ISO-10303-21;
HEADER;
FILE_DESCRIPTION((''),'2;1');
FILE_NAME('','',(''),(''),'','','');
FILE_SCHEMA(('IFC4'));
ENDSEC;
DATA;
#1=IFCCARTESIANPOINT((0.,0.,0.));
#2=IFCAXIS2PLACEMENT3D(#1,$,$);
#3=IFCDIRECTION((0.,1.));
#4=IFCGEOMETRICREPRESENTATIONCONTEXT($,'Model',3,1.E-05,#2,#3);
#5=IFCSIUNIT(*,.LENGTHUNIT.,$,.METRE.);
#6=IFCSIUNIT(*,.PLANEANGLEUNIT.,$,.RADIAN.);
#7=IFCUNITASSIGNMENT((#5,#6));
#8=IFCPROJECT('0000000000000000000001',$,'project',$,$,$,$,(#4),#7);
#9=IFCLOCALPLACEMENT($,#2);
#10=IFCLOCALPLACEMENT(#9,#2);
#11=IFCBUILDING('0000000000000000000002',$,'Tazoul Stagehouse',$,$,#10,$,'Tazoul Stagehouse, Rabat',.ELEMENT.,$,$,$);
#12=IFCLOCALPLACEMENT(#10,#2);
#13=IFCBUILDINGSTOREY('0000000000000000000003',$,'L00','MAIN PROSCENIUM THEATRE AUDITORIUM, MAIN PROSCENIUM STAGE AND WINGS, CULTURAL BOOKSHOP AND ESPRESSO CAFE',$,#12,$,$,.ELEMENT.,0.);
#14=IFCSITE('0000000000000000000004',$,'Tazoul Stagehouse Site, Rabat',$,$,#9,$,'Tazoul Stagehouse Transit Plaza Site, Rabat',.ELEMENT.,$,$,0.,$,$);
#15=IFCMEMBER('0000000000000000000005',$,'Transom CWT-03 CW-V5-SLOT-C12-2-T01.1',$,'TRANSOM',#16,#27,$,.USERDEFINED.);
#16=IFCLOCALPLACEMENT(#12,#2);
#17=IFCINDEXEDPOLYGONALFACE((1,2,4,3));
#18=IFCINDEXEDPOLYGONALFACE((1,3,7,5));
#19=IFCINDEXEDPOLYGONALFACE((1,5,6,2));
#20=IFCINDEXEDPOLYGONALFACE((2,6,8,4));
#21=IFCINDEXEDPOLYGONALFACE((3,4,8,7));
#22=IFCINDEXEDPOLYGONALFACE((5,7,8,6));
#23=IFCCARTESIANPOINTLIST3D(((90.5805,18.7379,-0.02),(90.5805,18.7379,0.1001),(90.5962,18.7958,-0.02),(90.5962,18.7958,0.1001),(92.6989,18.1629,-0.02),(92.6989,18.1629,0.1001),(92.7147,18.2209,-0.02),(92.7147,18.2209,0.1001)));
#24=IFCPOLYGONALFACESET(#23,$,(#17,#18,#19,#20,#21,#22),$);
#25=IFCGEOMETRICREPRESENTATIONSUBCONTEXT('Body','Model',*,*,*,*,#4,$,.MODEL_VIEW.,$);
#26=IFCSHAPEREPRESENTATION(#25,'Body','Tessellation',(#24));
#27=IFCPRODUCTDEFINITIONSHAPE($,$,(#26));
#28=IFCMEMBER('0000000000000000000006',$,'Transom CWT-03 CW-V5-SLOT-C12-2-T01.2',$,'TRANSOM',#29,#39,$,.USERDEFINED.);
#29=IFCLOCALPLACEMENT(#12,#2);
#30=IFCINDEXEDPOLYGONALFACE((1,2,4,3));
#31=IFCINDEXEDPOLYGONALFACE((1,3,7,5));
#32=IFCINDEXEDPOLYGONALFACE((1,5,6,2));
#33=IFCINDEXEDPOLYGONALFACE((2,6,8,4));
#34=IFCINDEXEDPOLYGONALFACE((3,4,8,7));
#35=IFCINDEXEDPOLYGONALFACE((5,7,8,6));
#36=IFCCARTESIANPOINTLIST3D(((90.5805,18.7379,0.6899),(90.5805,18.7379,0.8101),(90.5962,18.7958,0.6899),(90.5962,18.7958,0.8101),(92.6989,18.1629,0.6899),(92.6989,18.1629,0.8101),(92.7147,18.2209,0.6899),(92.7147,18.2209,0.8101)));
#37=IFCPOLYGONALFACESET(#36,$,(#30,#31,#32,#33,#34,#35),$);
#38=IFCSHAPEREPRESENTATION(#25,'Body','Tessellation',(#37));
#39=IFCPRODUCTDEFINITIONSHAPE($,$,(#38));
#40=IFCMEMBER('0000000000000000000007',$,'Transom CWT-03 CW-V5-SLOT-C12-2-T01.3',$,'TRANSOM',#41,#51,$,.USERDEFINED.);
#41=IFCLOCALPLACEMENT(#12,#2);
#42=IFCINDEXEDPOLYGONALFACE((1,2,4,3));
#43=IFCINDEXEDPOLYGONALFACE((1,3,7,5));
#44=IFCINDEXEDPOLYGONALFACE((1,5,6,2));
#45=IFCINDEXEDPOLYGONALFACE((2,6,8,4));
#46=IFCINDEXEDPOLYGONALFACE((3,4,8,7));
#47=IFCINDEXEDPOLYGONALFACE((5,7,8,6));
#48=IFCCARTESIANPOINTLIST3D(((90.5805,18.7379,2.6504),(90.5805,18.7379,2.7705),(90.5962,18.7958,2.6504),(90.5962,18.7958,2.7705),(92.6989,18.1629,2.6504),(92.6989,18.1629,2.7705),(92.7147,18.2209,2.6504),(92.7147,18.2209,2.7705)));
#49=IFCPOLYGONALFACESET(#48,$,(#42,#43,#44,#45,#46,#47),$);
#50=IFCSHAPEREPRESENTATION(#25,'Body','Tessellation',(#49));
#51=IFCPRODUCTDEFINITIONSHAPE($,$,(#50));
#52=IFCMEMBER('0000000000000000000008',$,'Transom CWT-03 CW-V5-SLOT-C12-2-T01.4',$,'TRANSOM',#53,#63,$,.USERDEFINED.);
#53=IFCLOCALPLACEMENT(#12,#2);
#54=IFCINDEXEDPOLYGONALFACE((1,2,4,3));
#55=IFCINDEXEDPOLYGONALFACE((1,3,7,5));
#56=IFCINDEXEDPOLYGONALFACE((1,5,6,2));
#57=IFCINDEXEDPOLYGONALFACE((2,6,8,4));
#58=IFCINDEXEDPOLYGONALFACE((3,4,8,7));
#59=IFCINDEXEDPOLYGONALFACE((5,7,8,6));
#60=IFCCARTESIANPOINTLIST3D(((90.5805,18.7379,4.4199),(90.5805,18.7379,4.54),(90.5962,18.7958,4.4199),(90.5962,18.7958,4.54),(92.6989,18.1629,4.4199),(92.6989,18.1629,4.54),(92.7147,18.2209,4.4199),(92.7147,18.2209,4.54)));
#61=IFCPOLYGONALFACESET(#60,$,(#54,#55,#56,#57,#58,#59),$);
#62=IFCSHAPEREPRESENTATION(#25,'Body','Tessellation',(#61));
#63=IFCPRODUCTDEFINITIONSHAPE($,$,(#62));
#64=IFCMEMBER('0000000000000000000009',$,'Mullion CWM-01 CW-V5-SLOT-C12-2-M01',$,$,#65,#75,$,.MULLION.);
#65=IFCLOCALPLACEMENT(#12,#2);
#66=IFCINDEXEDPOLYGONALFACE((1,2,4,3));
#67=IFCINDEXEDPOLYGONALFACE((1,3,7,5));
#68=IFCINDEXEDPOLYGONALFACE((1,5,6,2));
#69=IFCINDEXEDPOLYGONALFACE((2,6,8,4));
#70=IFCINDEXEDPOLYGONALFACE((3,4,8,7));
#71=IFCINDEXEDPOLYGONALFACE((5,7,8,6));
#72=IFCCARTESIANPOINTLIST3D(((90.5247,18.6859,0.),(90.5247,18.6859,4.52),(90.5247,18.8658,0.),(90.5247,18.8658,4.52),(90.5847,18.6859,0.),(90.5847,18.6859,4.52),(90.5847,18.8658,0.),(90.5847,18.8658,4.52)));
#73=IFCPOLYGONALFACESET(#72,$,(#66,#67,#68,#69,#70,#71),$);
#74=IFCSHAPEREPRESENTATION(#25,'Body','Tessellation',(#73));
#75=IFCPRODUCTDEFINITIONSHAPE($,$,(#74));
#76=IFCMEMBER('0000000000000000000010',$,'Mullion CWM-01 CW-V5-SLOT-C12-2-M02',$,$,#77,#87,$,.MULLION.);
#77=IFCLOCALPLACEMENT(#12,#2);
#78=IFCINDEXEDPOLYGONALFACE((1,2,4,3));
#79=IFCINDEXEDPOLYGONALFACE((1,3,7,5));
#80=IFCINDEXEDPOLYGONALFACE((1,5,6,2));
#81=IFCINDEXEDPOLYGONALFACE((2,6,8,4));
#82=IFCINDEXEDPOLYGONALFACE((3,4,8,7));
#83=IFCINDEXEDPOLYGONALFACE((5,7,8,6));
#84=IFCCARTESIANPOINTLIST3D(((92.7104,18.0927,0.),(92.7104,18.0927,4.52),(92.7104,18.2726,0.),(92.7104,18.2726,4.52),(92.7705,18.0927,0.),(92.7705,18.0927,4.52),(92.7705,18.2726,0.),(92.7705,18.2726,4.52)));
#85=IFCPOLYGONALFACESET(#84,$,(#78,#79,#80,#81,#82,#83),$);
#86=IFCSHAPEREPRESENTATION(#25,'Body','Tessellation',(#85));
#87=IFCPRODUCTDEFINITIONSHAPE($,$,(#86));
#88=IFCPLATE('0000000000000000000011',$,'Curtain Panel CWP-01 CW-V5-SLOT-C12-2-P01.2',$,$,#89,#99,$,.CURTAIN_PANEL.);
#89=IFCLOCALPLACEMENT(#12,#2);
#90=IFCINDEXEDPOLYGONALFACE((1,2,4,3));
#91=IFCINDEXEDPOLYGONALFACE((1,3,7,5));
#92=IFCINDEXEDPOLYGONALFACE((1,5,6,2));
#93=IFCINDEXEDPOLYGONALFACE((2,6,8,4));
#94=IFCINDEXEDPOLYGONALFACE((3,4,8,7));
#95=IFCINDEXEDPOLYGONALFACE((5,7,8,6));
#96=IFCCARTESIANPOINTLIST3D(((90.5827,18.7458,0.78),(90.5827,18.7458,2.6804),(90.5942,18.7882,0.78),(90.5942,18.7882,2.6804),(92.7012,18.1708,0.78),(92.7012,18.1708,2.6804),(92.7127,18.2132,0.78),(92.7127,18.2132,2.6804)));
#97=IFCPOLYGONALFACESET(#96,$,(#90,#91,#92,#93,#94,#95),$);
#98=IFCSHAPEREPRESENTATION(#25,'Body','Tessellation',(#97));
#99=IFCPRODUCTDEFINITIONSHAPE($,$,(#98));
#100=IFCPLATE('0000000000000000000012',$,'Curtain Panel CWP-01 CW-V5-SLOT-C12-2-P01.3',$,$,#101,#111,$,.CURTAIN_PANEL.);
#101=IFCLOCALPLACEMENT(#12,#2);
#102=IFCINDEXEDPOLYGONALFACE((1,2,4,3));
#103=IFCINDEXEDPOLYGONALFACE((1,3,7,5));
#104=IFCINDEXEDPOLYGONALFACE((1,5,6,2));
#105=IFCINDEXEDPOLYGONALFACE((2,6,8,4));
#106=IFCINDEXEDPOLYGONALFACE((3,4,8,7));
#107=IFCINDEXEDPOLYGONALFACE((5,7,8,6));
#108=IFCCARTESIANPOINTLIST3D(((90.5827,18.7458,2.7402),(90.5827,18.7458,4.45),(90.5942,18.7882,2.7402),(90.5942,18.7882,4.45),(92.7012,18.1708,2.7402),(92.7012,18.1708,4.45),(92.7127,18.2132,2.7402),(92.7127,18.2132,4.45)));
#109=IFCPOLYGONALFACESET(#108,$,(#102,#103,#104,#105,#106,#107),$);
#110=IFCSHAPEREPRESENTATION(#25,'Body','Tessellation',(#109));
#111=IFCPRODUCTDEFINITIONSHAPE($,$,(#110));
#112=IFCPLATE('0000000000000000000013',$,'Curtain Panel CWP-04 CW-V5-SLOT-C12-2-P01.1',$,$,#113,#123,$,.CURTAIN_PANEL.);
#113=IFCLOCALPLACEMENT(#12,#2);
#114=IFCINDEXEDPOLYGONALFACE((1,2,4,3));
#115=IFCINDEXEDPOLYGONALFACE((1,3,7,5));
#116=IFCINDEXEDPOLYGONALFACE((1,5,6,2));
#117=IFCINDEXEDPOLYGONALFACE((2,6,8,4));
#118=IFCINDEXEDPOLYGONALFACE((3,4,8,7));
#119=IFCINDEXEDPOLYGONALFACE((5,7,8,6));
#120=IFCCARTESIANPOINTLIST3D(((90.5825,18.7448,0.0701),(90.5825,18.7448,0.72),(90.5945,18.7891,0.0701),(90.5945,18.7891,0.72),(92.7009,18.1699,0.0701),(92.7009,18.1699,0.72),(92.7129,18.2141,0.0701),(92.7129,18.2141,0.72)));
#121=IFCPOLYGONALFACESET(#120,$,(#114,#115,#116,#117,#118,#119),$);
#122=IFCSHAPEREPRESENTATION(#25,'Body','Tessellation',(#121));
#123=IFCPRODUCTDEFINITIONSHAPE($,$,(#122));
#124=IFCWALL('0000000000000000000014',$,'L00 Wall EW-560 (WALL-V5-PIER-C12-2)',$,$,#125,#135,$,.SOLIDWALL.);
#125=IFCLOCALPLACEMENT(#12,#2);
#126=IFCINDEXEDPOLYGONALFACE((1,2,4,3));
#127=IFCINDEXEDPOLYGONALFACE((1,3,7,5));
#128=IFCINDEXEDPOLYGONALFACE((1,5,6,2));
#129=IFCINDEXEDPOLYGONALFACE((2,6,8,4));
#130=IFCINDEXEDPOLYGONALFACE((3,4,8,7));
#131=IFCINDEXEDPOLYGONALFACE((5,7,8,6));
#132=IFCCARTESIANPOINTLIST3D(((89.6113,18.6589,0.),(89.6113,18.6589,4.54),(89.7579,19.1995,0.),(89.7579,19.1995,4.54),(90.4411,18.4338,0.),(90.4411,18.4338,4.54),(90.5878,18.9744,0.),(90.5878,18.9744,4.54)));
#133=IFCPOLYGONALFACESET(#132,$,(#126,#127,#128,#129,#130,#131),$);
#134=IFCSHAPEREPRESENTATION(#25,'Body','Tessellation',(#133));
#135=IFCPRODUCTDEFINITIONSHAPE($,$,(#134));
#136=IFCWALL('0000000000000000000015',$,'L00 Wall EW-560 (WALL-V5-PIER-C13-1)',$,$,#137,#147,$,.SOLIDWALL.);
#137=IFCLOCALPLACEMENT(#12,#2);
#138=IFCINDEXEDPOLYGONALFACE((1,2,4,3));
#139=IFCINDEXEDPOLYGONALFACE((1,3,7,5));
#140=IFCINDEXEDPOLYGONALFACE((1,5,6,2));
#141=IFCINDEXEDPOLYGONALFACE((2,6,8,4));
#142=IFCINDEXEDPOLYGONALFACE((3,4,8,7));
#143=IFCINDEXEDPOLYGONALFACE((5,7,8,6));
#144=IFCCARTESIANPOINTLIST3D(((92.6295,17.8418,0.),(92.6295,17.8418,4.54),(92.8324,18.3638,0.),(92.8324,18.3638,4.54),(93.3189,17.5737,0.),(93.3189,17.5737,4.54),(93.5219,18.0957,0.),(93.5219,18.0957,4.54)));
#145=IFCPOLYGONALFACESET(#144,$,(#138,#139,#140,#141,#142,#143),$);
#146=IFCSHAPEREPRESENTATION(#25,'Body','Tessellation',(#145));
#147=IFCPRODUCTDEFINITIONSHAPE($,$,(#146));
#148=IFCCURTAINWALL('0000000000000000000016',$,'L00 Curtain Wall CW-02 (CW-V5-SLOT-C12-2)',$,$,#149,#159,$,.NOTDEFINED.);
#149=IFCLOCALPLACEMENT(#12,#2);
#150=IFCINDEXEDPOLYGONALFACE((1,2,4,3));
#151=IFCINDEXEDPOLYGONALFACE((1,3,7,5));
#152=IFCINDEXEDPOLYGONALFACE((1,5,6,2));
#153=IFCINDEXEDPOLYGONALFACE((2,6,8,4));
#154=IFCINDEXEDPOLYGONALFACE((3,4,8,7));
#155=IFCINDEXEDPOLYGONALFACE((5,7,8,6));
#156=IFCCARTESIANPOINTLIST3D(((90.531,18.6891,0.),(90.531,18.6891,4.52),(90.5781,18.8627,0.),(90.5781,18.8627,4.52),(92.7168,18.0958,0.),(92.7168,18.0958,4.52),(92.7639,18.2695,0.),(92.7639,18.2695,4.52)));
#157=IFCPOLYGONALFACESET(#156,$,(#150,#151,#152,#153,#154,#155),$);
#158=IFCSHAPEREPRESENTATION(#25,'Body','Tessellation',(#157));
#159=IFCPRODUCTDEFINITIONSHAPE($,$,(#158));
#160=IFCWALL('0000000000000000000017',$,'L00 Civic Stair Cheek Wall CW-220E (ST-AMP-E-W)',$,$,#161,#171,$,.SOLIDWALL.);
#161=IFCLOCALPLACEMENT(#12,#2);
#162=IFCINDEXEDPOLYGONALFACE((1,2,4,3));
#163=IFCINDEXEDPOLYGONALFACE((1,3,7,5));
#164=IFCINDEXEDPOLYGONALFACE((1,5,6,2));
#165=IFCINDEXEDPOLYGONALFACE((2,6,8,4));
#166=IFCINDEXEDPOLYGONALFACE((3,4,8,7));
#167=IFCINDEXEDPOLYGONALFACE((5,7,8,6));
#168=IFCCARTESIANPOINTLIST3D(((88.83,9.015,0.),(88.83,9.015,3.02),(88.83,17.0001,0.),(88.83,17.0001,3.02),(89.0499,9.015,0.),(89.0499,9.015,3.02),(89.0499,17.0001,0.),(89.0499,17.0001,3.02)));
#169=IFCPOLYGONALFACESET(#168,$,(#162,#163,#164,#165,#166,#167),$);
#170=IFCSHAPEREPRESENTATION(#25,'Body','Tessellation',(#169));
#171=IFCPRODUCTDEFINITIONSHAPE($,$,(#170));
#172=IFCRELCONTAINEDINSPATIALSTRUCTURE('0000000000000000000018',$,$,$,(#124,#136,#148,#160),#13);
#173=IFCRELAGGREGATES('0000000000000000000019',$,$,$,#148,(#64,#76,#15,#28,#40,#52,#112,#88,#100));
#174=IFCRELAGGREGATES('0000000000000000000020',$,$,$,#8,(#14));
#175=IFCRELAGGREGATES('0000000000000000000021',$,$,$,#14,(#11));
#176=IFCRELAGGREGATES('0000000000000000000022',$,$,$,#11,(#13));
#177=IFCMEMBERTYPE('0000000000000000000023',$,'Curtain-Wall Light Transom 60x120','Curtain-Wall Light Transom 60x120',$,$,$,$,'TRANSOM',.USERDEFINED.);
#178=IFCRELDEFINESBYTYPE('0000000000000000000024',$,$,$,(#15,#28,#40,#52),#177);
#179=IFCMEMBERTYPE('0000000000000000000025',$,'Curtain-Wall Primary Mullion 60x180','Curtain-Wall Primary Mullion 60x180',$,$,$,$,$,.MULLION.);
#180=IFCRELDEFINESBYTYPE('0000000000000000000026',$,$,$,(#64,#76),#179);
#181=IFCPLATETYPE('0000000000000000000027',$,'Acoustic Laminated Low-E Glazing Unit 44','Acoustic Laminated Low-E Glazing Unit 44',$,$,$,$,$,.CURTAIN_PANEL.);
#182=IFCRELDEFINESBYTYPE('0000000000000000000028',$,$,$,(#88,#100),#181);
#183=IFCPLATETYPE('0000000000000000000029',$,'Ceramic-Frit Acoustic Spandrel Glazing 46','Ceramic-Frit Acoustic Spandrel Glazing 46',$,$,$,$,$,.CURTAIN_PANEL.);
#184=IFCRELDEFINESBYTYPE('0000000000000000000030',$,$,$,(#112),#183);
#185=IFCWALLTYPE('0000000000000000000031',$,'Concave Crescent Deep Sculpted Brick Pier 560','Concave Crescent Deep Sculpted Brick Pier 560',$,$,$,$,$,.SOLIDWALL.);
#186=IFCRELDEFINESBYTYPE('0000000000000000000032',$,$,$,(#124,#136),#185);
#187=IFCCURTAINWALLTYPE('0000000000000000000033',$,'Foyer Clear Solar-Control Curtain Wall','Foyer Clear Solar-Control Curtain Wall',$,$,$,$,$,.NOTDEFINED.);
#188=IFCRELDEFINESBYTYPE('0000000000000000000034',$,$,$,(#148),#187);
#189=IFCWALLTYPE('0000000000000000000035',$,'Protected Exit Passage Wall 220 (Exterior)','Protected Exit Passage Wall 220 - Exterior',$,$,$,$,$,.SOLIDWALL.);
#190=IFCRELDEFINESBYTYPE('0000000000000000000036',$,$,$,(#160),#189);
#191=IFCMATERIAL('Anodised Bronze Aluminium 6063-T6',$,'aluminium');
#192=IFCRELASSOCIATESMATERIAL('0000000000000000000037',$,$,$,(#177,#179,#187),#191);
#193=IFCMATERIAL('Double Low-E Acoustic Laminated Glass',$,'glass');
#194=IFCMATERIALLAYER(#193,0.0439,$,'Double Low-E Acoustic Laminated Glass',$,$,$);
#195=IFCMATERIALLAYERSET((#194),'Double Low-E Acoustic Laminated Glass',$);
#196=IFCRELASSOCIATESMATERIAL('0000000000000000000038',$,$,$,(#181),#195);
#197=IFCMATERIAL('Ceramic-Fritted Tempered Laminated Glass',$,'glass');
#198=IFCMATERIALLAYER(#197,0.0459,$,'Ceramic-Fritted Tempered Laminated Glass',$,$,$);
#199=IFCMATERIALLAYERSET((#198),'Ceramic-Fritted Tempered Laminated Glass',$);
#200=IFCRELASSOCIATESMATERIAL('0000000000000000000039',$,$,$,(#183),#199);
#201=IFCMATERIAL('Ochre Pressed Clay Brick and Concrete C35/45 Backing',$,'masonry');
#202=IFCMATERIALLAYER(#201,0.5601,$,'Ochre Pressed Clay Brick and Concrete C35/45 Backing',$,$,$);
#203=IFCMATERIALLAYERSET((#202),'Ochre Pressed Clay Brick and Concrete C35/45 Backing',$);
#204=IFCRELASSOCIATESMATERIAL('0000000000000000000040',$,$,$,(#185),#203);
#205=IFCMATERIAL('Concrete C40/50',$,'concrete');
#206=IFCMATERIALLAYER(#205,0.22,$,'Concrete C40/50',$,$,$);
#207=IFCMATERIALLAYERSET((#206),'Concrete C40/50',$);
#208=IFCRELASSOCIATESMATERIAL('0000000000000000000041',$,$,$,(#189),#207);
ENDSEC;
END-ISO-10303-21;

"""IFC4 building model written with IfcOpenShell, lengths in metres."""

from ifc_helpers import new_model, si_unit, direction, frame, frame_2d, origin, origin_2d, place, context, subcontext, project, spatial, rectangle, extrude, material, layer, layer_set, material_profile, profile_set, type_object, element, aggregate, save


model = new_model("IFC4")

# Units and contexts
model_context = context("Model", 3, precision=1e-05, world=origin(), true_north=direction((0.0, 1.0)))
body_context = subcontext(model_context, "Body", "Model", "MODEL_VIEW")
ifc_project = project(units=[si_unit("LENGTHUNIT", "METRE"), si_unit("PLANEANGLEUNIT", "RADIAN")], contexts=[model_context])

# Site, building, storey
site_placement = place(None, origin())
site = spatial("IfcSite", under=ifc_project, at=site_placement, Name="Tazoul Stagehouse Site, Rabat", LongName="Tazoul Stagehouse Transit Plaza Site, Rabat", CompositionType="ELEMENT", RefElevation=0.0)
building_placement = place(site_placement, origin())
building = spatial("IfcBuilding", under=site, at=building_placement, Name="Tazoul Stagehouse", LongName="Tazoul Stagehouse, Rabat", CompositionType="ELEMENT")
storey_placement = place(building_placement, origin())
storey = spatial("IfcBuildingStorey", under=building, at=storey_placement, Name="L00", Description="MAIN PROSCENIUM THEATRE AUDITORIUM, MAIN PROSCENIUM STAGE AND WINGS, CULTURAL BOOKSHOP AND ESPRESSO CAFE", CompositionType="ELEMENT", Elevation=0.0)

# Members
ifc_material_1 = material(Name="Anodised Bronze Aluminium 6063-T6", Category="aluminium")
ifc_material_profile_1 = material_profile(ifc_material_1, rectangle(XDim=0.0601, YDim=0.1201, at=origin_2d()), Name="ALU TRANSOM 60x120")
ifc_profile_set_1 = profile_set([ifc_material_profile_1], Name="Anodised Bronze Aluminium 6063-T6")
member_type_1 = type_object("IfcMemberType", Name="Curtain-Wall Light Transom 60x120", Description="Curtain-Wall Light Transom 60x120", ElementType="TRANSOM", PredefinedType="USERDEFINED", material=ifc_profile_set_1)
member_1_placement = place(storey_placement, frame((90.5884, 18.7668, 0.04), z_axis=(0.965086, -0.261931, 0.0), x_axis=(0.261931, 0.965086, 0.0)))
member_1 = element("IfcMember", 1, at=member_1_placement, type_object=member_type_1, Name="Transom CWT-03 CW-V5-SLOT-C12-2-T01.1", ObjectType="TRANSOM", PredefinedType="USERDEFINED", context=body_context, shape_type="SweptSolid", body=[
    extrude(rectangle(XDim=0.0601, YDim=0.1201, at=origin_2d()), origin(), (0.0, 0.0, 1.0), 2.1951),
])
member_2_placement = place(storey_placement, frame((90.5884, 18.7668, 0.75), z_axis=(0.965086, -0.261931, 0.0), x_axis=(0.261931, 0.965086, 0.0)))
member_2 = element("IfcMember", 2, at=member_2_placement, type_object=member_type_1, Name="Transom CWT-03 CW-V5-SLOT-C12-2-T01.2", ObjectType="TRANSOM", PredefinedType="USERDEFINED", context=body_context, shape_type="SweptSolid", body=[
    extrude(rectangle(XDim=0.0601, YDim=0.1201, at=origin_2d()), origin(), (0.0, 0.0, 1.0), 2.1951),
])
member_3_placement = place(storey_placement, frame((90.5884, 18.7668, 2.7104), z_axis=(0.965086, -0.261931, 0.0), x_axis=(0.261931, 0.965086, 0.0)))
member_3 = element("IfcMember", 3, at=member_3_placement, type_object=member_type_1, Name="Transom CWT-03 CW-V5-SLOT-C12-2-T01.3", ObjectType="TRANSOM", PredefinedType="USERDEFINED", context=body_context, shape_type="SweptSolid", body=[
    extrude(rectangle(XDim=0.0601, YDim=0.1201, at=origin_2d()), origin(), (0.0, 0.0, 1.0), 2.1951),
])
member_4_placement = place(storey_placement, frame((90.5884, 18.7668, 4.48), z_axis=(0.965086, -0.261931, 0.0), x_axis=(0.261931, 0.965086, 0.0)))
member_4 = element("IfcMember", 4, at=member_4_placement, type_object=member_type_1, Name="Transom CWT-03 CW-V5-SLOT-C12-2-T01.4", ObjectType="TRANSOM", PredefinedType="USERDEFINED", context=body_context, shape_type="SweptSolid", body=[
    extrude(rectangle(XDim=0.0601, YDim=0.1201, at=origin_2d()), origin(), (0.0, 0.0, 1.0), 2.1951),
])
ifc_material_profile_2 = material_profile(ifc_material_1, rectangle(XDim=0.0601, YDim=0.1799, at=origin_2d()), Name="ALU MULLION 60x180")
ifc_profile_set_2 = profile_set([ifc_material_profile_2], Name="Anodised Bronze Aluminium 6063-T6")
member_type_2 = type_object("IfcMemberType", Name="Curtain-Wall Primary Mullion 60x180", Description="Curtain-Wall Primary Mullion 60x180", PredefinedType="MULLION", material=ifc_profile_set_2)
member_5_placement = place(storey_placement, frame((90.5547, 18.7759, 0.0), z_axis=(0.0, 0.0, 1.0), x_axis=(1.0, 0.0, 0.0)))
member_5 = element("IfcMember", 5, at=member_5_placement, type_object=member_type_2, Name="Mullion CWM-01 CW-V5-SLOT-C12-2-M01", PredefinedType="MULLION", context=body_context, shape_type="SweptSolid", body=[
    extrude(rectangle(XDim=0.0601, YDim=0.1799, at=origin_2d()), origin(), (0.0, 0.0, 1.0), 4.52),
])
member_6_placement = place(storey_placement, frame((92.7405, 18.1826, 0.0), z_axis=(0.0, 0.0, 1.0), x_axis=(1.0, 0.0, 0.0)))
member_6 = element("IfcMember", 6, at=member_6_placement, type_object=member_type_2, Name="Mullion CWM-01 CW-V5-SLOT-C12-2-M02", PredefinedType="MULLION", context=body_context, shape_type="SweptSolid", body=[
    extrude(rectangle(XDim=0.0601, YDim=0.1799, at=origin_2d()), origin(), (0.0, 0.0, 1.0), 4.52),
])

# Plates
ifc_material_2 = material(Name="Double Low-E Acoustic Laminated Glass", Category="glass")
ifc_layer_1 = layer(ifc_material_2, 0.0439, Name="Double Low-E Acoustic Laminated Glass")
ifc_layer_set_1 = layer_set([ifc_layer_1], Name="Double Low-E Acoustic Laminated Glass")
plate_type_1 = type_object("IfcPlateType", Name="Acoustic Laminated Low-E Glazing Unit 44", Description="Acoustic Laminated Low-E Glazing Unit 44", PredefinedType="CURTAIN_PANEL", material=ifc_layer_set_1)
plate_1_placement = place(storey_placement, frame((91.6477, 18.4795, 0.78), z_axis=(0.0, 0.0, 1.0), x_axis=(0.965083, -0.261945, 0.0)))
plate_1 = element("IfcPlate", 7, at=plate_1_placement, type_object=plate_type_1, Name="Curtain Panel CWP-01 CW-V5-SLOT-C12-2-P01.2", PredefinedType="CURTAIN_PANEL", context=body_context, shape_type="SweptSolid", body=[
    extrude(rectangle(XDim=2.1951, YDim=0.0439, at=origin_2d()), origin(), (0.0, 0.0, 1.0), 1.9004),
])
plate_2_placement = place(storey_placement, frame((91.6477, 18.4795, 2.7402), z_axis=(0.0, 0.0, 1.0), x_axis=(0.965083, -0.261945, 0.0)))
plate_2 = element("IfcPlate", 8, at=plate_2_placement, type_object=plate_type_1, Name="Curtain Panel CWP-01 CW-V5-SLOT-C12-2-P01.3", PredefinedType="CURTAIN_PANEL", context=body_context, shape_type="SweptSolid", body=[
    extrude(rectangle(XDim=2.1951, YDim=0.0439, at=origin_2d()), origin(), (0.0, 0.0, 1.0), 1.7097),
])
ifc_material_3 = material(Name="Ceramic-Fritted Tempered Laminated Glass", Category="glass")
ifc_layer_2 = layer(ifc_material_3, 0.0459, Name="Ceramic-Fritted Tempered Laminated Glass")
ifc_layer_set_2 = layer_set([ifc_layer_2], Name="Ceramic-Fritted Tempered Laminated Glass")
plate_type_2 = type_object("IfcPlateType", Name="Ceramic-Frit Acoustic Spandrel Glazing 46", Description="Ceramic-Frit Acoustic Spandrel Glazing 46", PredefinedType="CURTAIN_PANEL", material=ifc_layer_set_2)
plate_3_placement = place(storey_placement, frame((91.6477, 18.4795, 0.0701), z_axis=(0.0, 0.0, 1.0), x_axis=(0.965083, -0.261945, 0.0)))
plate_3 = element("IfcPlate", 9, at=plate_3_placement, type_object=plate_type_2, Name="Curtain Panel CWP-04 CW-V5-SLOT-C12-2-P01.1", PredefinedType="CURTAIN_PANEL", context=body_context, shape_type="SweptSolid", body=[
    extrude(rectangle(XDim=2.1951, YDim=0.0459, at=origin_2d()), origin(), (0.0, 0.0, 1.0), 0.6499),
])

# Walls
ifc_material_4 = material(Name="Ochre Pressed Clay Brick and Concrete C35/45 Backing", Category="masonry")
ifc_layer_3 = layer(ifc_material_4, 0.5601, Name="Ochre Pressed Clay Brick and Concrete C35/45 Backing")
ifc_layer_set_3 = layer_set([ifc_layer_3], Name="Ochre Pressed Clay Brick and Concrete C35/45 Backing")
wall_type_1 = type_object("IfcWallType", Name="Concave Crescent Deep Sculpted Brick Pier 560", Description="Concave Crescent Deep Sculpted Brick Pier 560", PredefinedType="SOLIDWALL", material=ifc_layer_set_3)
wall_1_placement = place(storey_placement, frame((89.6846, 18.9292, 0.0), z_axis=(0.0, 0.0, 1.0), x_axis=(0.965123, -0.261796, 0.0)))
element("IfcWall", 10, at=wall_1_placement, inside=storey, type_object=wall_type_1, Name="L00 Wall EW-560 (WALL-V5-PIER-C12-2)", PredefinedType="SOLIDWALL", context=body_context, shape_type="SweptSolid", body=[
    extrude(rectangle(XDim=0.8599, YDim=0.5601, at=frame_2d((0.4299, 0.0))), origin(), (0.0, 0.0, 1.0), 4.54),
])
wall_2_placement = place(storey_placement, frame((92.731, 18.1028, 0.0), z_axis=(0.0, 0.0, 1.0), x_axis=(0.932029, -0.362383, 0.0)))
element("IfcWall", 11, at=wall_2_placement, inside=storey, type_object=wall_type_1, Name="L00 Wall EW-560 (WALL-V5-PIER-C13-1)", PredefinedType="SOLIDWALL", context=body_context, shape_type="SweptSolid", body=[
    extrude(rectangle(XDim=0.7397, YDim=0.5601, at=frame_2d((0.3699, 0.0))), origin(), (0.0, 0.0, 1.0), 4.54),
])

# Curtain wall
curtain_wall_type = type_object("IfcCurtainWallType", Name="Foyer Clear Solar-Control Curtain Wall", Description="Foyer Clear Solar-Control Curtain Wall", PredefinedType="NOTDEFINED", material=ifc_material_1)
curtain_wall_1_placement = place(storey_placement, frame((90.5547, 18.7759, 0.0), z_axis=(0.0, 0.0, 1.0), x_axis=(0.965084, -0.261941, 0.0)))
curtain_wall_1 = element("IfcCurtainWall", 12, at=curtain_wall_1_placement, inside=storey, type_object=curtain_wall_type, Name="L00 Curtain Wall CW-02 (CW-V5-SLOT-C12-2)", PredefinedType="NOTDEFINED", context=body_context, shape_type="SweptSolid", body=[
    extrude(rectangle(XDim=2.2649, YDim=0.1799, at=frame_2d((1.1323, 0.0))), origin(), (0.0, 0.0, 1.0), 4.52),
])
aggregate(curtain_wall_1, [member_5, member_6, member_1, member_2, member_3, member_4, plate_3, plate_1, plate_2])

# Wall
ifc_material_5 = material(Name="Concrete C40/50", Category="concrete")
ifc_layer_4 = layer(ifc_material_5, 0.22, Name="Concrete C40/50")
ifc_layer_set_4 = layer_set([ifc_layer_4], Name="Concrete C40/50")
wall_type_2 = type_object("IfcWallType", Name="Protected Exit Passage Wall 220 (Exterior)", Description="Protected Exit Passage Wall 220 - Exterior", PredefinedType="SOLIDWALL", material=ifc_layer_set_4)
wall_3_placement = place(storey_placement, frame((88.9399, 9.0149, 0.0), z_axis=(0.0, 0.0, 1.0), x_axis=(0.0, 1.0, 0.0)))
element("IfcWall", 13, at=wall_3_placement, inside=storey, type_object=wall_type_2, Name="L00 Civic Stair Cheek Wall CW-220E (ST-AMP-E-W)", PredefinedType="SOLIDWALL", context=body_context, shape_type="SweptSolid", body=[
    extrude(rectangle(XDim=7.9851, YDim=0.22, at=frame_2d((3.9927, 0.0))), origin(), (0.0, 0.0, 1.0), 3.02),
])

save(model, "model.ifc")
